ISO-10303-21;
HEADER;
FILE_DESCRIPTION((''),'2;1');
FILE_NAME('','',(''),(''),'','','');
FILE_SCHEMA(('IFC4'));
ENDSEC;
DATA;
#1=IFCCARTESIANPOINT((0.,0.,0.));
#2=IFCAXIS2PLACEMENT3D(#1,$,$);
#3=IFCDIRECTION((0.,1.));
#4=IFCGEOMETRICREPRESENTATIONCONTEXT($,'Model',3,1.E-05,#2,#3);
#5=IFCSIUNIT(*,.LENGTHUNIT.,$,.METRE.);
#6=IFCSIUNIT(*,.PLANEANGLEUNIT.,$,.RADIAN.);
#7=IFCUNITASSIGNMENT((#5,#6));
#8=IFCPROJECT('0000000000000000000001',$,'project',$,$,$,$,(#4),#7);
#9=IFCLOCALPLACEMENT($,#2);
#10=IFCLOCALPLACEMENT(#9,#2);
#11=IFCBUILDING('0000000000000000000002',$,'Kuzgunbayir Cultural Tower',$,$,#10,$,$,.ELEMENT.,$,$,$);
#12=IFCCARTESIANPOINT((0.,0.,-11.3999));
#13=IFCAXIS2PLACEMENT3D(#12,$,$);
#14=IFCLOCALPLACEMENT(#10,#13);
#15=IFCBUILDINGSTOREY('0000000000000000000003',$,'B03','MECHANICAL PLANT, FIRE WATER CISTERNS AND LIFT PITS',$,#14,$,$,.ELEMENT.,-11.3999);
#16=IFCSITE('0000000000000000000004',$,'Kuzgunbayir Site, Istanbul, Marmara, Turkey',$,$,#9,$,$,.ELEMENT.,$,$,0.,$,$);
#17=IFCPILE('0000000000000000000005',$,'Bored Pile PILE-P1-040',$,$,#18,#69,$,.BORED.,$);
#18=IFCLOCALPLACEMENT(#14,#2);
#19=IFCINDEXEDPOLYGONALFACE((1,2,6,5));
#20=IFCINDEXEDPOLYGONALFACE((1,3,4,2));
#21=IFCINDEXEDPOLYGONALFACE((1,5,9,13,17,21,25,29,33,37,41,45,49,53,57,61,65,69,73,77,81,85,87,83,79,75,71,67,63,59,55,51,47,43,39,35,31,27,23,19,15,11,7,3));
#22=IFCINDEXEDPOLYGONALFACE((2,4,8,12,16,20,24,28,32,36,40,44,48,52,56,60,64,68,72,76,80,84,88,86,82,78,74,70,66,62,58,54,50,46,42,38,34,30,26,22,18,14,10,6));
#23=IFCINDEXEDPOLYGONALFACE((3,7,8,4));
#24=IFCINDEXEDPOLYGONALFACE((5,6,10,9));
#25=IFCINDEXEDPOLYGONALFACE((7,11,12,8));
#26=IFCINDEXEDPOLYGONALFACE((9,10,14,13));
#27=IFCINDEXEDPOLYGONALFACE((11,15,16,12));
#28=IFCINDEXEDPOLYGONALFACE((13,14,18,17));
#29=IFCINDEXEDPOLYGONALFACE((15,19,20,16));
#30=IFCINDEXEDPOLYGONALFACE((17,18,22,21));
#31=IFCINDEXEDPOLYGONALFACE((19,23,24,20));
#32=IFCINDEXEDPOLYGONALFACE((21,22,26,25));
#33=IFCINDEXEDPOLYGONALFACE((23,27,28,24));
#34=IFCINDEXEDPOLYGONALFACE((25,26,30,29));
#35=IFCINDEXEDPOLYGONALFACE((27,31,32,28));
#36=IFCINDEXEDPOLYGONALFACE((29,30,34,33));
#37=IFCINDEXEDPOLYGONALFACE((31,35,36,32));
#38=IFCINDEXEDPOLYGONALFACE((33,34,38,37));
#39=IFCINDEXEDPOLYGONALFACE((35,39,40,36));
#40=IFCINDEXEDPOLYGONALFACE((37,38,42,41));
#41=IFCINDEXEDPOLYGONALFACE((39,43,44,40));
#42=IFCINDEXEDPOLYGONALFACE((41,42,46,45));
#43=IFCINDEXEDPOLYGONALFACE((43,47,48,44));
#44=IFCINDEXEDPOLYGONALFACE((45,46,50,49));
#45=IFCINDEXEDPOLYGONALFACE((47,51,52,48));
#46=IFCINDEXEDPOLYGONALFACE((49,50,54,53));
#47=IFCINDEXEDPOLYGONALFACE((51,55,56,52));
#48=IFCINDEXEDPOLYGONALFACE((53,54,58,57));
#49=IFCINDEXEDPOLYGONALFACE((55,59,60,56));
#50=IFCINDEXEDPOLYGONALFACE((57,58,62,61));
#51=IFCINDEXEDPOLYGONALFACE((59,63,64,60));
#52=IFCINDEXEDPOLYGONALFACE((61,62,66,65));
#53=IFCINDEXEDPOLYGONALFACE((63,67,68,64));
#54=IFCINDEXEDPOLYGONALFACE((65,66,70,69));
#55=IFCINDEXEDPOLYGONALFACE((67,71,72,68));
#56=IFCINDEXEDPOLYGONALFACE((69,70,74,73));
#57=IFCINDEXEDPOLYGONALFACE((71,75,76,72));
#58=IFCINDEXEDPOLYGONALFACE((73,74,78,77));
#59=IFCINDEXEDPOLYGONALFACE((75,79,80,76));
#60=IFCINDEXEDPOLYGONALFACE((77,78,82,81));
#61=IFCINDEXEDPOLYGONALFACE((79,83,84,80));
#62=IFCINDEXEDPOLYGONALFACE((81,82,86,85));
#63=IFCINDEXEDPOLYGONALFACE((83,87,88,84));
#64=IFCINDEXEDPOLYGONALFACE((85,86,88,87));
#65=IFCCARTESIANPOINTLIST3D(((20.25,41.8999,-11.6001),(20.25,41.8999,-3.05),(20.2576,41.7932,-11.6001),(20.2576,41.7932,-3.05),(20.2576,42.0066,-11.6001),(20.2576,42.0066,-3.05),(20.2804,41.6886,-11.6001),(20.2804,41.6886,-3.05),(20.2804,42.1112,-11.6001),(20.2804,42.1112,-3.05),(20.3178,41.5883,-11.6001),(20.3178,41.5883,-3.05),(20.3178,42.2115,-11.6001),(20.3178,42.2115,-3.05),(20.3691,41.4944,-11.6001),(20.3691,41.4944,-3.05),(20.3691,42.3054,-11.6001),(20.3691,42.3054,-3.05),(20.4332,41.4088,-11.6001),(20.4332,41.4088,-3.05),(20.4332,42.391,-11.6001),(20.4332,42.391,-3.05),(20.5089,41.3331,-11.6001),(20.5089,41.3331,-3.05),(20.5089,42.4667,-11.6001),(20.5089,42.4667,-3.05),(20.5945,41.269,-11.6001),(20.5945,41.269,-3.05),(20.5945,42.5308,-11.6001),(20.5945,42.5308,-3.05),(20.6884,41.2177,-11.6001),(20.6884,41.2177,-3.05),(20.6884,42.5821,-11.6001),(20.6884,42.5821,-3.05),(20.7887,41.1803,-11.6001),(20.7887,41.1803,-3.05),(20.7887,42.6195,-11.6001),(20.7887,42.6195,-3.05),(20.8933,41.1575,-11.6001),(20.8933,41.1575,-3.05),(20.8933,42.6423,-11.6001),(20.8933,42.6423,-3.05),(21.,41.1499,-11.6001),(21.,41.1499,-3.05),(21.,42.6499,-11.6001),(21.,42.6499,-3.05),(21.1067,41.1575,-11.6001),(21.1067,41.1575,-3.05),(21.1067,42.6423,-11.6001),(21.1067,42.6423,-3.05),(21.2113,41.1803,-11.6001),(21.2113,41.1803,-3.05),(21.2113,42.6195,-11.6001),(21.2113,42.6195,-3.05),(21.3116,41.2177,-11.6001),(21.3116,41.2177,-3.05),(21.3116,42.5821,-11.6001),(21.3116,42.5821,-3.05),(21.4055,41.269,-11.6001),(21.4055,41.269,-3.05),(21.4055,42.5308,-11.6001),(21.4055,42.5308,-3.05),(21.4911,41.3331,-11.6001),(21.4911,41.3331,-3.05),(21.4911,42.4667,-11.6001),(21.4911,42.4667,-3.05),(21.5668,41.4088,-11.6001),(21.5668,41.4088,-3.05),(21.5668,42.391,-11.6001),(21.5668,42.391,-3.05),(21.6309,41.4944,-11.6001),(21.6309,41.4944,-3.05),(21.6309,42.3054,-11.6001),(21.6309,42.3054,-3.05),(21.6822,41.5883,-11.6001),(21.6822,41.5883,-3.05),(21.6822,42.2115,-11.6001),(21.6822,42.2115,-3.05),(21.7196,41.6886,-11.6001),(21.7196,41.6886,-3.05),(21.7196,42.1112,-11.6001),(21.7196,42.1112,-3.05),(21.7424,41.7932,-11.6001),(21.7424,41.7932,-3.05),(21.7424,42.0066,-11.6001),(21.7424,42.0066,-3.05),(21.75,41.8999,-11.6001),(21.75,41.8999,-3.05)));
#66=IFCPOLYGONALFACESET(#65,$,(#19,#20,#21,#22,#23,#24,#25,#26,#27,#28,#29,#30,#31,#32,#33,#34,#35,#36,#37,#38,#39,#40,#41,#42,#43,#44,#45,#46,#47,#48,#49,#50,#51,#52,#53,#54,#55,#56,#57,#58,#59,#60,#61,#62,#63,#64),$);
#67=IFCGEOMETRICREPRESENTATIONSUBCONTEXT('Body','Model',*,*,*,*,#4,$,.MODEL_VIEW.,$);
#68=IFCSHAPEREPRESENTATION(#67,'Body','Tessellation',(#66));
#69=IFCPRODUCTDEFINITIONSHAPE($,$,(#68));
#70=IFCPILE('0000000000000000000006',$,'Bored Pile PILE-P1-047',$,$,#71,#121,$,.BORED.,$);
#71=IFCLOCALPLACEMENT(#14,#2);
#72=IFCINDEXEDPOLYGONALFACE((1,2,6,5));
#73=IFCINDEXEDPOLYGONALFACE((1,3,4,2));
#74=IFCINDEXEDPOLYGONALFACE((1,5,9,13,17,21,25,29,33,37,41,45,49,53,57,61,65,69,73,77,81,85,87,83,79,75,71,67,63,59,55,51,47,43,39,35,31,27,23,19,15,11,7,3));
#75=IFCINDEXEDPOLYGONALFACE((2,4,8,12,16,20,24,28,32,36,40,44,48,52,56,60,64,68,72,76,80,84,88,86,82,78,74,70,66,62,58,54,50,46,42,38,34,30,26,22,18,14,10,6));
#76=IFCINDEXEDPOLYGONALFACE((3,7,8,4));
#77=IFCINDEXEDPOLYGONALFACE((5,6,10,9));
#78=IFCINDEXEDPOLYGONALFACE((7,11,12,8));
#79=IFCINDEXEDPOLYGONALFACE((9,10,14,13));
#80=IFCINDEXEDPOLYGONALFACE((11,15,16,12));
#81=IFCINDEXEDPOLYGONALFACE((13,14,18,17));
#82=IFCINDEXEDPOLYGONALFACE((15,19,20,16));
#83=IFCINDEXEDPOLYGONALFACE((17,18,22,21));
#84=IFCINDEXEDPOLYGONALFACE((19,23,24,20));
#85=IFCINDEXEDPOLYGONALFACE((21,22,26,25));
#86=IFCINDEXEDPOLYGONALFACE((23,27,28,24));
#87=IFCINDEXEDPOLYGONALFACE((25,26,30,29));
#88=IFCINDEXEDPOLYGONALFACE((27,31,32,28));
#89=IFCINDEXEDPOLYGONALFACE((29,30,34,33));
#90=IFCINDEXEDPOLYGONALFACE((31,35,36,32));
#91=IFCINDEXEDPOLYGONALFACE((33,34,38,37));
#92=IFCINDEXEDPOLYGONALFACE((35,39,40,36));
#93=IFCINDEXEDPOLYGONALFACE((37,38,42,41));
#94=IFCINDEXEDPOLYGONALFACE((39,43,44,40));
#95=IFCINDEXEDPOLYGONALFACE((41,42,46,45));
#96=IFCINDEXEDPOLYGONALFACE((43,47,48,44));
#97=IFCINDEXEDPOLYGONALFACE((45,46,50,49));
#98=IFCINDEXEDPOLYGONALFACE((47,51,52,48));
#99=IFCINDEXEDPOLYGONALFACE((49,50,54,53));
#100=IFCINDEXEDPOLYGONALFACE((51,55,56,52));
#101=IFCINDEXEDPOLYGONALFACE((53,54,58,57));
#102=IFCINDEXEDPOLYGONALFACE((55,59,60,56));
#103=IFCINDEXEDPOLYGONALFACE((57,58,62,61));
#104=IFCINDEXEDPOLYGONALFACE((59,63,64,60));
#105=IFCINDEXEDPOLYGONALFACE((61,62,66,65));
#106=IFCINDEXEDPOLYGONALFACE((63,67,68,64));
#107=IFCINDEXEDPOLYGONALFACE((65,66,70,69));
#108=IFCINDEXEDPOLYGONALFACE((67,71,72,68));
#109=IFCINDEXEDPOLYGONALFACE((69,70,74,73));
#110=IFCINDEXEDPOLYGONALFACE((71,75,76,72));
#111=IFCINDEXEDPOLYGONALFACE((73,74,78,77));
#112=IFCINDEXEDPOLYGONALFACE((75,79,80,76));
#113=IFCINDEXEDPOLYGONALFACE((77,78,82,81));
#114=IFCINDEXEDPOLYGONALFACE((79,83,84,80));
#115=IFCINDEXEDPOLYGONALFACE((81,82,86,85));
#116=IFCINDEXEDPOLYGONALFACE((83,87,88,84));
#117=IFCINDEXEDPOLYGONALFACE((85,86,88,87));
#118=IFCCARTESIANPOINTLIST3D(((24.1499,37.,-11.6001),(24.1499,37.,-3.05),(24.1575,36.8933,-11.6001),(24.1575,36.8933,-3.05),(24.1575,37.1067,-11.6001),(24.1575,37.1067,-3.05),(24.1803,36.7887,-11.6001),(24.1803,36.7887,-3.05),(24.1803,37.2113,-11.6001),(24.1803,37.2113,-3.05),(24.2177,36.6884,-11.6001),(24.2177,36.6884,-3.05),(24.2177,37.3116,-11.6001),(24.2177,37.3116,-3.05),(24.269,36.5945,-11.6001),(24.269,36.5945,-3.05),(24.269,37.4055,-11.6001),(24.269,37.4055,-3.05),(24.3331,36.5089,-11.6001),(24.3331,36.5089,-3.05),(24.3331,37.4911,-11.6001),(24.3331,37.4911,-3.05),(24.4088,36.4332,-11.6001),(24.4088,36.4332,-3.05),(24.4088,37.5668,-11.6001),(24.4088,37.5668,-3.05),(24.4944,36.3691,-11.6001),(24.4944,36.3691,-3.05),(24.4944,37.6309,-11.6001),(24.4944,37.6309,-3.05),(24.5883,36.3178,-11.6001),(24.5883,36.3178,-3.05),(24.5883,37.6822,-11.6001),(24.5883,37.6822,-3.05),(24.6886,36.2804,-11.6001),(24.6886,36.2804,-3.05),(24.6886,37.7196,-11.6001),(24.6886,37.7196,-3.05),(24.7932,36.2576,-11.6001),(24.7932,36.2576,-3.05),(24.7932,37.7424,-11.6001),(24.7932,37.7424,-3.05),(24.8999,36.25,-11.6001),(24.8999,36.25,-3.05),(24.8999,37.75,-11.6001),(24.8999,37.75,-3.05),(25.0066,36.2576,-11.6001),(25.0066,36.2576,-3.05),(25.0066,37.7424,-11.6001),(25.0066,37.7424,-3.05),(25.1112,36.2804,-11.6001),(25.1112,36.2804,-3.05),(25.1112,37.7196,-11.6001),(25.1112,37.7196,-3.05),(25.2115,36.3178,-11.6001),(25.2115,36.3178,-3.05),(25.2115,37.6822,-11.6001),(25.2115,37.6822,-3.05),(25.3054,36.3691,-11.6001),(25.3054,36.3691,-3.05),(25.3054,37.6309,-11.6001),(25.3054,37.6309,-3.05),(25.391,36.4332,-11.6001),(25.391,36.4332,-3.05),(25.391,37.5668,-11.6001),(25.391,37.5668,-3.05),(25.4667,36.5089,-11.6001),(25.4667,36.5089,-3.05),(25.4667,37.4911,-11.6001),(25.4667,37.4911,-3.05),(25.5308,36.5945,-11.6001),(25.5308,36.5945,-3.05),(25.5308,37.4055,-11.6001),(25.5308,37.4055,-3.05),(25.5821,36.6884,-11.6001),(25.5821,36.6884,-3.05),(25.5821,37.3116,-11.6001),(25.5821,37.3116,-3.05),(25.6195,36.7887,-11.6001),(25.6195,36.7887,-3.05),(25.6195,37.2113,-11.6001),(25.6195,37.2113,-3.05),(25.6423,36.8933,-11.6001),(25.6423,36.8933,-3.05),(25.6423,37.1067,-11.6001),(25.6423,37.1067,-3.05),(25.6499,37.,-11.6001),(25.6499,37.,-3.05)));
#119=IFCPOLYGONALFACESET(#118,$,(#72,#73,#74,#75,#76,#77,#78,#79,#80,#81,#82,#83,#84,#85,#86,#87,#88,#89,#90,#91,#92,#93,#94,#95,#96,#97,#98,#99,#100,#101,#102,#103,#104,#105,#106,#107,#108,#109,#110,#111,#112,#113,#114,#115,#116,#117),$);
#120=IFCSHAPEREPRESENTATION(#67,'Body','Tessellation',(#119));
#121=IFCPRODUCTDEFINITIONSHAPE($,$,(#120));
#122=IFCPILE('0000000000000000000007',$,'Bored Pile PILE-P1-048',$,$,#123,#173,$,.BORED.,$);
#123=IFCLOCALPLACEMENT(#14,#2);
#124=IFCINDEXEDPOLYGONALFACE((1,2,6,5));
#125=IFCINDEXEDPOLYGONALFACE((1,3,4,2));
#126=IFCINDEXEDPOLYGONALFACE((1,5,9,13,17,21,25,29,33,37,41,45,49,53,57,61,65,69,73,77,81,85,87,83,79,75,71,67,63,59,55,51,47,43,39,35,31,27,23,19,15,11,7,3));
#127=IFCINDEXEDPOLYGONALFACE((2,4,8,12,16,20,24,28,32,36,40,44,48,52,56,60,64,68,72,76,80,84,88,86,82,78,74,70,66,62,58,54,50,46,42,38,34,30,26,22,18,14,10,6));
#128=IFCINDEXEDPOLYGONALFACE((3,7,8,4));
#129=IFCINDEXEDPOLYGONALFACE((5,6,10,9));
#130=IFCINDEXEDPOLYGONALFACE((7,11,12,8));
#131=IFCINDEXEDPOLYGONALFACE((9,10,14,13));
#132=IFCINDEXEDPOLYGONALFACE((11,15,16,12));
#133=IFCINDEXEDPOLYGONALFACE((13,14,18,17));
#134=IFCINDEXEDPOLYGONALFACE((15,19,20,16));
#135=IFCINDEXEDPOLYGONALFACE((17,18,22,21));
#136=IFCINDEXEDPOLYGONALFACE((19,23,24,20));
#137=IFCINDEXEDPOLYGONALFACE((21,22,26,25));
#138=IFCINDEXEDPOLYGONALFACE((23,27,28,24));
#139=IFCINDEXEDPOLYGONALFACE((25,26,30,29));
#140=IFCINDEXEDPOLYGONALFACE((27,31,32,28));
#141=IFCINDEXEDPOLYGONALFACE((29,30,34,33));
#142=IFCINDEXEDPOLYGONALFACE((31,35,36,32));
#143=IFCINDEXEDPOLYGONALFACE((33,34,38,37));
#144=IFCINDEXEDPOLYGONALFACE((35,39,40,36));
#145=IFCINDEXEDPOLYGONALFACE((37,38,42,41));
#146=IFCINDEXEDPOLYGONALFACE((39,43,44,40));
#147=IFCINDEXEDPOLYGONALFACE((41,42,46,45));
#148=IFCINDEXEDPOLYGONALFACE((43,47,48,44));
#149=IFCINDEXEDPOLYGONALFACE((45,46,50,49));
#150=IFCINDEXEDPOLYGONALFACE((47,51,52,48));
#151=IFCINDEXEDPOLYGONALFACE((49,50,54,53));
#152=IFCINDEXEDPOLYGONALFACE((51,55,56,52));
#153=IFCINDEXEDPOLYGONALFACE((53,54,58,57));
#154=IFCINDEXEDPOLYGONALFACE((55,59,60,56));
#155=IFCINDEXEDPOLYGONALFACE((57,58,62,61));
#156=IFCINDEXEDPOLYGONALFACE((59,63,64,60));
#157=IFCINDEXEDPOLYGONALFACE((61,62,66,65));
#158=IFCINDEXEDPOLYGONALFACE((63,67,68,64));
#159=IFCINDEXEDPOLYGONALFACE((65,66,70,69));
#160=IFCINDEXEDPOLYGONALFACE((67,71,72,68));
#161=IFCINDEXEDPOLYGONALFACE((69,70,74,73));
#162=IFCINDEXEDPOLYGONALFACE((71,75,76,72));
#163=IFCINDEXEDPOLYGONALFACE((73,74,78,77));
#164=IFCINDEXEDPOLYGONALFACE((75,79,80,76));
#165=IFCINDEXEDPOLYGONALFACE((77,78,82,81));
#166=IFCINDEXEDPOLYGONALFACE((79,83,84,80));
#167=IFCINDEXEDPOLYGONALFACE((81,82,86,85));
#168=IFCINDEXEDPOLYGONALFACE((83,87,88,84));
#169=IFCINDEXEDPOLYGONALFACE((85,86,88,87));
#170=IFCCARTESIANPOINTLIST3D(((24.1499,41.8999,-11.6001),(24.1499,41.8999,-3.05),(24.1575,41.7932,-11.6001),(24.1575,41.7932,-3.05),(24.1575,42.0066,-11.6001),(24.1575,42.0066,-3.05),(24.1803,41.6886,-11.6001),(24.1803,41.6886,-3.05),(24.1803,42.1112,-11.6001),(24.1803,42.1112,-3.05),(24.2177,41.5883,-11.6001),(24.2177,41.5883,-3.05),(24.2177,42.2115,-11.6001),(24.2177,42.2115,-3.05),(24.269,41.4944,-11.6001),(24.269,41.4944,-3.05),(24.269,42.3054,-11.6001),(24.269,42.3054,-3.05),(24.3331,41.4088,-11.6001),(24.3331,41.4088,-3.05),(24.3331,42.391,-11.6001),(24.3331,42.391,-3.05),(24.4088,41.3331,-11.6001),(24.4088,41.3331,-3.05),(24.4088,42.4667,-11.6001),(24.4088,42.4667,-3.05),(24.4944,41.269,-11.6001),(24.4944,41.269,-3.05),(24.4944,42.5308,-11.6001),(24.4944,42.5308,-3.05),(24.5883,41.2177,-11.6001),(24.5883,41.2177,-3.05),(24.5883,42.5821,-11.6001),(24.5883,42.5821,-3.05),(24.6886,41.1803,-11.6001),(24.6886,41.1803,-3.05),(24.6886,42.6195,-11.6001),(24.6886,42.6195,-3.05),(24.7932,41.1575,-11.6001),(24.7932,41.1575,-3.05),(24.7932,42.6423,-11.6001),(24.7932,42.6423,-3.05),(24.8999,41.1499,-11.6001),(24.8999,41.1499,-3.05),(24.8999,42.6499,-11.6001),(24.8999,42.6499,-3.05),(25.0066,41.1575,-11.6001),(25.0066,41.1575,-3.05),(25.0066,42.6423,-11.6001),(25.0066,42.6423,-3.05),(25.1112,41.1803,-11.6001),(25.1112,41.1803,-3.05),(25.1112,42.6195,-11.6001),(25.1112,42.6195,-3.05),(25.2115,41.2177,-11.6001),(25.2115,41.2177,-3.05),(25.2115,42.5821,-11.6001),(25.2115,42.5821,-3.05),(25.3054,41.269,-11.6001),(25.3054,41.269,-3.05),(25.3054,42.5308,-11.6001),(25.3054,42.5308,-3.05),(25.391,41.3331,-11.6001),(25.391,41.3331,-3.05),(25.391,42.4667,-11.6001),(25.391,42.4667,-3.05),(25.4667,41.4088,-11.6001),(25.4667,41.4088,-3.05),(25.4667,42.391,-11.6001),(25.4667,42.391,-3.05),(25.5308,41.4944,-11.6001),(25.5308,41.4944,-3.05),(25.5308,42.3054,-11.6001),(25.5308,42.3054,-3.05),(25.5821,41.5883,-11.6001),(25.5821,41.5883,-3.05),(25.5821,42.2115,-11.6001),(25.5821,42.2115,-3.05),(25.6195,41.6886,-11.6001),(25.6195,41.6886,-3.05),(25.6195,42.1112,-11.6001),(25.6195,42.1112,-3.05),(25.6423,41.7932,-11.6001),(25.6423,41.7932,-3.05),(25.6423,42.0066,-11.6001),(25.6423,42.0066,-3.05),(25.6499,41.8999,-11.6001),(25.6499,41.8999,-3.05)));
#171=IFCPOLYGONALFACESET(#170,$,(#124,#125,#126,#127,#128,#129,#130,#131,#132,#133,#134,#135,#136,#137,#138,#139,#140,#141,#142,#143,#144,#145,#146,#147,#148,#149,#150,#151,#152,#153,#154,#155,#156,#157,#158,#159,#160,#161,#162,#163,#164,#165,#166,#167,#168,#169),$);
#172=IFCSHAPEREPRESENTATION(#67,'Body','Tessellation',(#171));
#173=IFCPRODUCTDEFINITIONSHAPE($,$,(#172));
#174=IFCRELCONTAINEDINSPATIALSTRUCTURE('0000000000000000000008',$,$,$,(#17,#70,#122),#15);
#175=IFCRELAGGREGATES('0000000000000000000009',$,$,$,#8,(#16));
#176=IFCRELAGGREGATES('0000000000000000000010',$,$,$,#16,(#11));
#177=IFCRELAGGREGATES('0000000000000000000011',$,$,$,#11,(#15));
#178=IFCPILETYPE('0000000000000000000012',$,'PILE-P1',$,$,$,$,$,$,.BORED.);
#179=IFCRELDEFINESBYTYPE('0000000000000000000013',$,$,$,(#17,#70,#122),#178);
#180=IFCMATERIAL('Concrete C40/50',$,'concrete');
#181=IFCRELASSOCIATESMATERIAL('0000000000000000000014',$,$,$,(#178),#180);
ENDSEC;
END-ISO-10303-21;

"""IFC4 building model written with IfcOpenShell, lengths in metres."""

from ifc_helpers import new_model, si_unit, direction, frame, origin, origin_2d, place, context, subcontext, project, spatial, circle, extrude, material, material_profile, profile_set, type_object, element, save


model = new_model("IFC4")

# Units and contexts
model_context = context("Model", 3, precision=1e-05, world=origin(), true_north=direction((0.0, 1.0)))
body_context = subcontext(model_context, "Body", "Model", "MODEL_VIEW")
ifc_project = project(units=[si_unit("LENGTHUNIT", "METRE"), si_unit("PLANEANGLEUNIT", "RADIAN")], contexts=[model_context])

# Site, building, storey
site_placement = place(None, origin())
site = spatial("IfcSite", under=ifc_project, at=site_placement, Name="Kuzgunbayir Site, Istanbul, Marmara, Turkey", CompositionType="ELEMENT", RefElevation=0.0)
building_placement = place(site_placement, origin())
building = spatial("IfcBuilding", under=site, at=building_placement, Name="Kuzgunbayir Cultural Tower", CompositionType="ELEMENT")
storey_placement = place(building_placement, frame((0.0, 0.0, -11.3999)))
storey = spatial("IfcBuildingStorey", under=building, at=storey_placement, Name="B03", Description="MECHANICAL PLANT, FIRE WATER CISTERNS AND LIFT PITS", CompositionType="ELEMENT", Elevation=-11.3999)

# Piles
ifc_material_1 = material(Name="Concrete C40/50", Category="concrete")
ifc_material_profile_1 = material_profile(ifc_material_1, circle(Radius=0.75, at=origin_2d()), Name="BORED PILE 1500")
ifc_profile_set_1 = profile_set([ifc_material_profile_1], Name="Concrete C40/50")
pile_type_1 = type_object("IfcPileType", Name="PILE-P1", PredefinedType="BORED", material=ifc_profile_set_1)
for number, where, z_axis, x_axis, name in (
    (1, (21.0, 41.8999, -3.05), (0.0, 0.0, -1.0), (1.0, 0.0, 0.0), "Bored Pile PILE-P1-040"),
    (2, (24.8999, 37.0, -3.05), (0.0, 0.0, -1.0), (1.0, 0.0, 0.0), "Bored Pile PILE-P1-047"),
    (3, (24.8999, 41.8999, -3.05), (0.0, 0.0, -1.0), (1.0, 0.0, 0.0), "Bored Pile PILE-P1-048"),
):
    element("IfcPile", number, at=place(storey_placement, frame(where, z_axis=z_axis, x_axis=x_axis)), inside=storey, type_object=pile_type_1, Name=name, PredefinedType="BORED", context=body_context, shape_type="SweptSolid", body=[
        extrude(circle(Radius=0.75, at=origin_2d()), origin(), (0.0, 0.0, 1.0), 8.55),
    ])

save(model, "model.ifc")
